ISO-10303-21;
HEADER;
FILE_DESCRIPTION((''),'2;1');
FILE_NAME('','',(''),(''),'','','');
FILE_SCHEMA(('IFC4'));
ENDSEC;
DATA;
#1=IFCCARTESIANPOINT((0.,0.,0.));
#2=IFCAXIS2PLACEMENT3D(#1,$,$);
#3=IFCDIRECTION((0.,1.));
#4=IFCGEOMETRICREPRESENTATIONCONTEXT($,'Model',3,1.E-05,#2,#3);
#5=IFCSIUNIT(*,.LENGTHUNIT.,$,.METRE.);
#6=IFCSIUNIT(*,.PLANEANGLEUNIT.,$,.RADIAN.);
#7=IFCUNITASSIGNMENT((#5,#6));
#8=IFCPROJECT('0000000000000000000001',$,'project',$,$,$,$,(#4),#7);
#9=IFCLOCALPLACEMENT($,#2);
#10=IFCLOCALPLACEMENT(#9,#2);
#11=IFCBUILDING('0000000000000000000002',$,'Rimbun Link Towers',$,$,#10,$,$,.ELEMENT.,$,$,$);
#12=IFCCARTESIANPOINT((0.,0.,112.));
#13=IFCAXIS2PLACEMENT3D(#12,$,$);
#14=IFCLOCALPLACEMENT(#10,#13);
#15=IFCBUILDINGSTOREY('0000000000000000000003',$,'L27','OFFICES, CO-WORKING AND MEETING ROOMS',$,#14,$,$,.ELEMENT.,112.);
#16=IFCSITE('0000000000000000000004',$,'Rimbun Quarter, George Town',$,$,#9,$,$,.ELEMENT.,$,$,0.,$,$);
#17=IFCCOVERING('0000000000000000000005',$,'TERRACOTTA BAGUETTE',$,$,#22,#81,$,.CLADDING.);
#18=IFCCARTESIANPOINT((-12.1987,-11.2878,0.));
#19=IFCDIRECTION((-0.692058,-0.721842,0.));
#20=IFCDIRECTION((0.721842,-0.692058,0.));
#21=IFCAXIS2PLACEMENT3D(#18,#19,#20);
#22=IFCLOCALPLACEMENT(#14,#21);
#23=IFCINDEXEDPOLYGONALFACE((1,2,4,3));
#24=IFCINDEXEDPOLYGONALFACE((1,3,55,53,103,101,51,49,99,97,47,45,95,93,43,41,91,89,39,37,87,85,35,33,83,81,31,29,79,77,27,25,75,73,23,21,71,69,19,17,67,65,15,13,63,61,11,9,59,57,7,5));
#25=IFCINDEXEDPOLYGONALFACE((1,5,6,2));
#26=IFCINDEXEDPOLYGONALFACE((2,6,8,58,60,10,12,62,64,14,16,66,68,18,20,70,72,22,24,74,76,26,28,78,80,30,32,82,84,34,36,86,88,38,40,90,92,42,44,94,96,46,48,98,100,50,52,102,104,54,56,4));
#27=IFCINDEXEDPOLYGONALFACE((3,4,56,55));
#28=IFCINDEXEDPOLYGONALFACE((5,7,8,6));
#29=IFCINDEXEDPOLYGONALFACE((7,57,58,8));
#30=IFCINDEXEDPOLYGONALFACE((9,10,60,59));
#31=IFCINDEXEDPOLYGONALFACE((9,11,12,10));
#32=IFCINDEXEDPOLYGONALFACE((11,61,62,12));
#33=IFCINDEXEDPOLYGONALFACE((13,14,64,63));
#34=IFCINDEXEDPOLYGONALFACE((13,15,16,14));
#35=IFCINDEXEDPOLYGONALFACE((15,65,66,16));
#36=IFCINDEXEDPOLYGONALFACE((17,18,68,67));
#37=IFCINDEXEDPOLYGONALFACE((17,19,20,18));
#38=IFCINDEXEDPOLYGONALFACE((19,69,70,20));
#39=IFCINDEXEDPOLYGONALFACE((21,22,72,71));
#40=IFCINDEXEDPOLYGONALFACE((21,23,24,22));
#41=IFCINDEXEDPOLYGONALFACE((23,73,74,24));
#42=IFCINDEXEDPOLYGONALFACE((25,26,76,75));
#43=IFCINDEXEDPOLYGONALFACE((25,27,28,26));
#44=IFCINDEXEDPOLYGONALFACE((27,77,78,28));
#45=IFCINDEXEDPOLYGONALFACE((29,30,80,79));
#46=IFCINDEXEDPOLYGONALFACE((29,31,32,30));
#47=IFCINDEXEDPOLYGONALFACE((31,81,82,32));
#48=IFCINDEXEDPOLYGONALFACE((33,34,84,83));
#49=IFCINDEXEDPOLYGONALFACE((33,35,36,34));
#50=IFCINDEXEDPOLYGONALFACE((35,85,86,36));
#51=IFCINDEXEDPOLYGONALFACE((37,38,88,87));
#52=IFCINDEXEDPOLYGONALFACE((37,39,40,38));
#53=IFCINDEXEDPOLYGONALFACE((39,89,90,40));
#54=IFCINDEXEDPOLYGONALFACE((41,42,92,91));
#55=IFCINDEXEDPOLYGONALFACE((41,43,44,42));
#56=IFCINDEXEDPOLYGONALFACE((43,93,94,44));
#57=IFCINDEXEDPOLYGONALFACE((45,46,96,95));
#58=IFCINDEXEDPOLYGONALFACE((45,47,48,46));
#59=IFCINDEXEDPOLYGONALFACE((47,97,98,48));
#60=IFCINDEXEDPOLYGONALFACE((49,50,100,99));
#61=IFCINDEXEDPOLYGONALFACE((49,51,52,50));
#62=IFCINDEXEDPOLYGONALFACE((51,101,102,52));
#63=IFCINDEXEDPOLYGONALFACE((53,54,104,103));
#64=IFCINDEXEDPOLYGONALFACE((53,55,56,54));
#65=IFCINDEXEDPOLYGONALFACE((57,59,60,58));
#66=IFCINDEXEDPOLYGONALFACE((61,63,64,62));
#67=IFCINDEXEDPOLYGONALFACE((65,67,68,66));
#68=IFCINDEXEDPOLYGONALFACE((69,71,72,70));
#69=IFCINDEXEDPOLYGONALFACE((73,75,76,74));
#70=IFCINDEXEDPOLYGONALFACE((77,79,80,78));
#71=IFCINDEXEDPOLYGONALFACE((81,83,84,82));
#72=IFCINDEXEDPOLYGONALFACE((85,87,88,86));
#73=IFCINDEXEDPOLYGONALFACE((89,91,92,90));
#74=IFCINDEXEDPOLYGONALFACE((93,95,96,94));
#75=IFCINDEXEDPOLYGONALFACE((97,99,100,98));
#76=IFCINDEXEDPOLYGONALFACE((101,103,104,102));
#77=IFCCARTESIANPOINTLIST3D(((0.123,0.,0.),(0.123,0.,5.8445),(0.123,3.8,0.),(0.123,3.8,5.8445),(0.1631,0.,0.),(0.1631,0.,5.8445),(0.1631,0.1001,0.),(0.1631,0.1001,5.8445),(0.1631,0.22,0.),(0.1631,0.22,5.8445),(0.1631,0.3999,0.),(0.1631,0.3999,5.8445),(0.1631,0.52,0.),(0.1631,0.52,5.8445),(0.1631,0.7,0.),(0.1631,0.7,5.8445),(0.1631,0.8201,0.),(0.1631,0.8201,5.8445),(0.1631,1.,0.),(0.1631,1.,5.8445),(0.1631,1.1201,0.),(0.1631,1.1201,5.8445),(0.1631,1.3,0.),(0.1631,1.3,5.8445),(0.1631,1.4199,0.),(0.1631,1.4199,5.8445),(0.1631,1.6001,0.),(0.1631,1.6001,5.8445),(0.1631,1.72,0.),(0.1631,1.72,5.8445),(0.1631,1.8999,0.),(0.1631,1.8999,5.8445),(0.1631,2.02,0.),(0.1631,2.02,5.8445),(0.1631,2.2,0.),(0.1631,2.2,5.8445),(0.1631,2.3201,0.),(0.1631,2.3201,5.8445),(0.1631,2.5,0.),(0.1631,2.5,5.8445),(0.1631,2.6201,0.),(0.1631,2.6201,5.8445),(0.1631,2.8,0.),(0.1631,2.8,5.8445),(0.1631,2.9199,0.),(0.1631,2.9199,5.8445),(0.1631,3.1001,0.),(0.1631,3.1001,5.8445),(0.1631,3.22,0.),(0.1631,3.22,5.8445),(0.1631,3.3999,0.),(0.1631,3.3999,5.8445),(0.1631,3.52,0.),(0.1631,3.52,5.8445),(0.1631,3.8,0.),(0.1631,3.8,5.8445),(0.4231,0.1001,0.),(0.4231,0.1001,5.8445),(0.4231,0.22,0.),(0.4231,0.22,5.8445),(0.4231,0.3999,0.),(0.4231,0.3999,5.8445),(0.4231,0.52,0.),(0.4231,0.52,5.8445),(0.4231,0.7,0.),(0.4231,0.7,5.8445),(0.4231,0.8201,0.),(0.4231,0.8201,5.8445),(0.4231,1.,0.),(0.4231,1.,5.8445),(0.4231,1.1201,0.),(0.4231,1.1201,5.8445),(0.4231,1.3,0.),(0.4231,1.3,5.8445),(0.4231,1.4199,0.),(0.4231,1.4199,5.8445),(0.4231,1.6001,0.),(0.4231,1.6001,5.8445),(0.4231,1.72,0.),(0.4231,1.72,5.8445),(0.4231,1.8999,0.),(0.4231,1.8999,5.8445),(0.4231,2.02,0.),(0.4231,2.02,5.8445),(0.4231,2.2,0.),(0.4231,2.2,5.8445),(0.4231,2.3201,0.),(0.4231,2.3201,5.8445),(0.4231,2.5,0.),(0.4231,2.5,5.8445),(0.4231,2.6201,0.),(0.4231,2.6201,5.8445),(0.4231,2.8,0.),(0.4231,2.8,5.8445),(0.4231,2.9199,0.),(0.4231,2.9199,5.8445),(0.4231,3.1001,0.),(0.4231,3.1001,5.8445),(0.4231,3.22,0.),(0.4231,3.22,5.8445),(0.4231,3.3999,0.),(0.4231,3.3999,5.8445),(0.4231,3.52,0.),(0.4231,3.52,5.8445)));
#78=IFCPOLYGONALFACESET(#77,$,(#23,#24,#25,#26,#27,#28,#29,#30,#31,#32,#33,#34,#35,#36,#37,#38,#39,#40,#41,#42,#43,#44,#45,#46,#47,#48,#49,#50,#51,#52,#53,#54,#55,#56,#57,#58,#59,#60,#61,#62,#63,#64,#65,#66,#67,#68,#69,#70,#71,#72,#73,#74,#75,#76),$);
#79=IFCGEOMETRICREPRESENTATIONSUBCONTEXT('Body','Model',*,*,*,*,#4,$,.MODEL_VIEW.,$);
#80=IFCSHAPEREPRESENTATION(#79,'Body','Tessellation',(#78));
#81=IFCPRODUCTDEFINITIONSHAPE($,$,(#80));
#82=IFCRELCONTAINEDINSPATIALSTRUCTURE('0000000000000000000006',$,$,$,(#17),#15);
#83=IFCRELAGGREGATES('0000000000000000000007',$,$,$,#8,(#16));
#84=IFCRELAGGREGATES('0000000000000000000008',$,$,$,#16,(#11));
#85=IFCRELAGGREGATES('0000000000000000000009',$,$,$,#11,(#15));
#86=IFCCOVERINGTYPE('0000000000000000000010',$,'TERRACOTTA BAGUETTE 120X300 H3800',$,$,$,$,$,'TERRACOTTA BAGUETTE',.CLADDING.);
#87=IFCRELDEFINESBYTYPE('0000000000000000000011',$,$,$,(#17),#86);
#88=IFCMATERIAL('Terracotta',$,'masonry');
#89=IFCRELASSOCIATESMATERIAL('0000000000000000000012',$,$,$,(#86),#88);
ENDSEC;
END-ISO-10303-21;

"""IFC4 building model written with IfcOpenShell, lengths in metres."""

from ifc_helpers import new_model, si_unit, direction, frame, origin, place, context, subcontext, project, spatial, polyline, outline, extrude, material, material_profile, profile_set, type_object, element, save


model = new_model("IFC4")

# Units and contexts
model_context = context("Model", 3, precision=1e-05, world=origin(), true_north=direction((0.0, 1.0)))
body_context = subcontext(model_context, "Body", "Model", "MODEL_VIEW")
ifc_project = project(units=[si_unit("LENGTHUNIT", "METRE"), si_unit("PLANEANGLEUNIT", "RADIAN")], contexts=[model_context])

# Site, building, storey
site_placement = place(None, origin())
site = spatial("IfcSite", under=ifc_project, at=site_placement, Name="Rimbun Quarter, George Town", CompositionType="ELEMENT", RefElevation=0.0)
building_placement = place(site_placement, origin())
building = spatial("IfcBuilding", under=site, at=building_placement, Name="Rimbun Link Towers", CompositionType="ELEMENT")
storey_placement = place(building_placement, frame((0.0, 0.0, 112.0)))
storey = spatial("IfcBuildingStorey", under=building, at=storey_placement, Name="L27", Description="OFFICES, CO-WORKING AND MEETING ROOMS", CompositionType="ELEMENT", Elevation=112.0)

# Covering
ifc_material_1 = material(Name="Terracotta", Category="masonry")
ifc_material_profile_1 = material_profile(ifc_material_1, outline(polyline([(0.123, 0.0), (0.1631, 0.0), (0.1631, 0.1001), (0.4231, 0.1001), (0.4231, 0.22), (0.1631, 0.22), (0.1631, 0.3999), (0.4231, 0.3999), (0.4231, 0.52), (0.1631, 0.52), (0.1631, 0.7), (0.4231, 0.7), (0.4231, 0.8201), (0.1631, 0.8201), (0.1631, 1.0), (0.4231, 1.0), (0.4231, 1.1201), (0.1631, 1.1201), (0.1631, 1.3), (0.4231, 1.3), (0.4231, 1.4199), (0.1631, 1.4199), (0.1631, 1.6001), (0.4231, 1.6001), (0.4231, 1.72), (0.1631, 1.72), (0.1631, 1.8999), (0.4231, 1.8999), (0.4231, 2.02), (0.1631, 2.02), (0.1631, 2.2), (0.4231, 2.2), (0.4231, 2.3201), (0.1631, 2.3201), (0.1631, 2.5), (0.4231, 2.5), (0.4231, 2.6201), (0.1631, 2.6201), (0.1631, 2.8), (0.4231, 2.8), (0.4231, 2.9199), (0.1631, 2.9199), (0.1631, 3.1001), (0.4231, 3.1001), (0.4231, 3.22), (0.1631, 3.22), (0.1631, 3.3999), (0.4231, 3.3999), (0.4231, 3.52), (0.1631, 3.52), (0.1631, 3.8), (0.123, 3.8), (0.123, 0.0)])), Name="BAGUETTE 120X300")
ifc_profile_set_1 = profile_set([ifc_material_profile_1], Name="Terracotta")
covering_type = type_object("IfcCoveringType", Name="TERRACOTTA BAGUETTE 120X300 H3800", ElementType="TERRACOTTA BAGUETTE", PredefinedType="CLADDING", material=ifc_profile_set_1)
covering_1_placement = place(storey_placement, frame((-12.1987, -11.2878, 0.0), z_axis=(-0.692058, -0.721842, 0.0), x_axis=(0.721842, -0.692058, 0.0)))
element("IfcCovering", 1, at=covering_1_placement, inside=storey, type_object=covering_type, Name="TERRACOTTA BAGUETTE", PredefinedType="CLADDING", context=body_context, shape_type="SweptSolid", body=[
    extrude(outline(polyline([(0.123, 0.0), (0.1631, 0.0), (0.1631, 0.1001), (0.4231, 0.1001), (0.4231, 0.22), (0.1631, 0.22), (0.1631, 0.3999), (0.4231, 0.3999), (0.4231, 0.52), (0.1631, 0.52), (0.1631, 0.7), (0.4231, 0.7), (0.4231, 0.8201), (0.1631, 0.8201), (0.1631, 1.0), (0.4231, 1.0), (0.4231, 1.1201), (0.1631, 1.1201), (0.1631, 1.3), (0.4231, 1.3), (0.4231, 1.4199), (0.1631, 1.4199), (0.1631, 1.6001), (0.4231, 1.6001), (0.4231, 1.72), (0.1631, 1.72), (0.1631, 1.8999), (0.4231, 1.8999), (0.4231, 2.02), (0.1631, 2.02), (0.1631, 2.2), (0.4231, 2.2), (0.4231, 2.3201), (0.1631, 2.3201), (0.1631, 2.5), (0.4231, 2.5), (0.4231, 2.6201), (0.1631, 2.6201), (0.1631, 2.8), (0.4231, 2.8), (0.4231, 2.9199), (0.1631, 2.9199), (0.1631, 3.1001), (0.4231, 3.1001), (0.4231, 3.22), (0.1631, 3.22), (0.1631, 3.3999), (0.4231, 3.3999), (0.4231, 3.52), (0.1631, 3.52), (0.1631, 3.8), (0.123, 3.8), (0.123, 0.0)])), origin(), (0.0, 0.0, 1.0), 5.8445),
])

save(model, "model.ifc")
